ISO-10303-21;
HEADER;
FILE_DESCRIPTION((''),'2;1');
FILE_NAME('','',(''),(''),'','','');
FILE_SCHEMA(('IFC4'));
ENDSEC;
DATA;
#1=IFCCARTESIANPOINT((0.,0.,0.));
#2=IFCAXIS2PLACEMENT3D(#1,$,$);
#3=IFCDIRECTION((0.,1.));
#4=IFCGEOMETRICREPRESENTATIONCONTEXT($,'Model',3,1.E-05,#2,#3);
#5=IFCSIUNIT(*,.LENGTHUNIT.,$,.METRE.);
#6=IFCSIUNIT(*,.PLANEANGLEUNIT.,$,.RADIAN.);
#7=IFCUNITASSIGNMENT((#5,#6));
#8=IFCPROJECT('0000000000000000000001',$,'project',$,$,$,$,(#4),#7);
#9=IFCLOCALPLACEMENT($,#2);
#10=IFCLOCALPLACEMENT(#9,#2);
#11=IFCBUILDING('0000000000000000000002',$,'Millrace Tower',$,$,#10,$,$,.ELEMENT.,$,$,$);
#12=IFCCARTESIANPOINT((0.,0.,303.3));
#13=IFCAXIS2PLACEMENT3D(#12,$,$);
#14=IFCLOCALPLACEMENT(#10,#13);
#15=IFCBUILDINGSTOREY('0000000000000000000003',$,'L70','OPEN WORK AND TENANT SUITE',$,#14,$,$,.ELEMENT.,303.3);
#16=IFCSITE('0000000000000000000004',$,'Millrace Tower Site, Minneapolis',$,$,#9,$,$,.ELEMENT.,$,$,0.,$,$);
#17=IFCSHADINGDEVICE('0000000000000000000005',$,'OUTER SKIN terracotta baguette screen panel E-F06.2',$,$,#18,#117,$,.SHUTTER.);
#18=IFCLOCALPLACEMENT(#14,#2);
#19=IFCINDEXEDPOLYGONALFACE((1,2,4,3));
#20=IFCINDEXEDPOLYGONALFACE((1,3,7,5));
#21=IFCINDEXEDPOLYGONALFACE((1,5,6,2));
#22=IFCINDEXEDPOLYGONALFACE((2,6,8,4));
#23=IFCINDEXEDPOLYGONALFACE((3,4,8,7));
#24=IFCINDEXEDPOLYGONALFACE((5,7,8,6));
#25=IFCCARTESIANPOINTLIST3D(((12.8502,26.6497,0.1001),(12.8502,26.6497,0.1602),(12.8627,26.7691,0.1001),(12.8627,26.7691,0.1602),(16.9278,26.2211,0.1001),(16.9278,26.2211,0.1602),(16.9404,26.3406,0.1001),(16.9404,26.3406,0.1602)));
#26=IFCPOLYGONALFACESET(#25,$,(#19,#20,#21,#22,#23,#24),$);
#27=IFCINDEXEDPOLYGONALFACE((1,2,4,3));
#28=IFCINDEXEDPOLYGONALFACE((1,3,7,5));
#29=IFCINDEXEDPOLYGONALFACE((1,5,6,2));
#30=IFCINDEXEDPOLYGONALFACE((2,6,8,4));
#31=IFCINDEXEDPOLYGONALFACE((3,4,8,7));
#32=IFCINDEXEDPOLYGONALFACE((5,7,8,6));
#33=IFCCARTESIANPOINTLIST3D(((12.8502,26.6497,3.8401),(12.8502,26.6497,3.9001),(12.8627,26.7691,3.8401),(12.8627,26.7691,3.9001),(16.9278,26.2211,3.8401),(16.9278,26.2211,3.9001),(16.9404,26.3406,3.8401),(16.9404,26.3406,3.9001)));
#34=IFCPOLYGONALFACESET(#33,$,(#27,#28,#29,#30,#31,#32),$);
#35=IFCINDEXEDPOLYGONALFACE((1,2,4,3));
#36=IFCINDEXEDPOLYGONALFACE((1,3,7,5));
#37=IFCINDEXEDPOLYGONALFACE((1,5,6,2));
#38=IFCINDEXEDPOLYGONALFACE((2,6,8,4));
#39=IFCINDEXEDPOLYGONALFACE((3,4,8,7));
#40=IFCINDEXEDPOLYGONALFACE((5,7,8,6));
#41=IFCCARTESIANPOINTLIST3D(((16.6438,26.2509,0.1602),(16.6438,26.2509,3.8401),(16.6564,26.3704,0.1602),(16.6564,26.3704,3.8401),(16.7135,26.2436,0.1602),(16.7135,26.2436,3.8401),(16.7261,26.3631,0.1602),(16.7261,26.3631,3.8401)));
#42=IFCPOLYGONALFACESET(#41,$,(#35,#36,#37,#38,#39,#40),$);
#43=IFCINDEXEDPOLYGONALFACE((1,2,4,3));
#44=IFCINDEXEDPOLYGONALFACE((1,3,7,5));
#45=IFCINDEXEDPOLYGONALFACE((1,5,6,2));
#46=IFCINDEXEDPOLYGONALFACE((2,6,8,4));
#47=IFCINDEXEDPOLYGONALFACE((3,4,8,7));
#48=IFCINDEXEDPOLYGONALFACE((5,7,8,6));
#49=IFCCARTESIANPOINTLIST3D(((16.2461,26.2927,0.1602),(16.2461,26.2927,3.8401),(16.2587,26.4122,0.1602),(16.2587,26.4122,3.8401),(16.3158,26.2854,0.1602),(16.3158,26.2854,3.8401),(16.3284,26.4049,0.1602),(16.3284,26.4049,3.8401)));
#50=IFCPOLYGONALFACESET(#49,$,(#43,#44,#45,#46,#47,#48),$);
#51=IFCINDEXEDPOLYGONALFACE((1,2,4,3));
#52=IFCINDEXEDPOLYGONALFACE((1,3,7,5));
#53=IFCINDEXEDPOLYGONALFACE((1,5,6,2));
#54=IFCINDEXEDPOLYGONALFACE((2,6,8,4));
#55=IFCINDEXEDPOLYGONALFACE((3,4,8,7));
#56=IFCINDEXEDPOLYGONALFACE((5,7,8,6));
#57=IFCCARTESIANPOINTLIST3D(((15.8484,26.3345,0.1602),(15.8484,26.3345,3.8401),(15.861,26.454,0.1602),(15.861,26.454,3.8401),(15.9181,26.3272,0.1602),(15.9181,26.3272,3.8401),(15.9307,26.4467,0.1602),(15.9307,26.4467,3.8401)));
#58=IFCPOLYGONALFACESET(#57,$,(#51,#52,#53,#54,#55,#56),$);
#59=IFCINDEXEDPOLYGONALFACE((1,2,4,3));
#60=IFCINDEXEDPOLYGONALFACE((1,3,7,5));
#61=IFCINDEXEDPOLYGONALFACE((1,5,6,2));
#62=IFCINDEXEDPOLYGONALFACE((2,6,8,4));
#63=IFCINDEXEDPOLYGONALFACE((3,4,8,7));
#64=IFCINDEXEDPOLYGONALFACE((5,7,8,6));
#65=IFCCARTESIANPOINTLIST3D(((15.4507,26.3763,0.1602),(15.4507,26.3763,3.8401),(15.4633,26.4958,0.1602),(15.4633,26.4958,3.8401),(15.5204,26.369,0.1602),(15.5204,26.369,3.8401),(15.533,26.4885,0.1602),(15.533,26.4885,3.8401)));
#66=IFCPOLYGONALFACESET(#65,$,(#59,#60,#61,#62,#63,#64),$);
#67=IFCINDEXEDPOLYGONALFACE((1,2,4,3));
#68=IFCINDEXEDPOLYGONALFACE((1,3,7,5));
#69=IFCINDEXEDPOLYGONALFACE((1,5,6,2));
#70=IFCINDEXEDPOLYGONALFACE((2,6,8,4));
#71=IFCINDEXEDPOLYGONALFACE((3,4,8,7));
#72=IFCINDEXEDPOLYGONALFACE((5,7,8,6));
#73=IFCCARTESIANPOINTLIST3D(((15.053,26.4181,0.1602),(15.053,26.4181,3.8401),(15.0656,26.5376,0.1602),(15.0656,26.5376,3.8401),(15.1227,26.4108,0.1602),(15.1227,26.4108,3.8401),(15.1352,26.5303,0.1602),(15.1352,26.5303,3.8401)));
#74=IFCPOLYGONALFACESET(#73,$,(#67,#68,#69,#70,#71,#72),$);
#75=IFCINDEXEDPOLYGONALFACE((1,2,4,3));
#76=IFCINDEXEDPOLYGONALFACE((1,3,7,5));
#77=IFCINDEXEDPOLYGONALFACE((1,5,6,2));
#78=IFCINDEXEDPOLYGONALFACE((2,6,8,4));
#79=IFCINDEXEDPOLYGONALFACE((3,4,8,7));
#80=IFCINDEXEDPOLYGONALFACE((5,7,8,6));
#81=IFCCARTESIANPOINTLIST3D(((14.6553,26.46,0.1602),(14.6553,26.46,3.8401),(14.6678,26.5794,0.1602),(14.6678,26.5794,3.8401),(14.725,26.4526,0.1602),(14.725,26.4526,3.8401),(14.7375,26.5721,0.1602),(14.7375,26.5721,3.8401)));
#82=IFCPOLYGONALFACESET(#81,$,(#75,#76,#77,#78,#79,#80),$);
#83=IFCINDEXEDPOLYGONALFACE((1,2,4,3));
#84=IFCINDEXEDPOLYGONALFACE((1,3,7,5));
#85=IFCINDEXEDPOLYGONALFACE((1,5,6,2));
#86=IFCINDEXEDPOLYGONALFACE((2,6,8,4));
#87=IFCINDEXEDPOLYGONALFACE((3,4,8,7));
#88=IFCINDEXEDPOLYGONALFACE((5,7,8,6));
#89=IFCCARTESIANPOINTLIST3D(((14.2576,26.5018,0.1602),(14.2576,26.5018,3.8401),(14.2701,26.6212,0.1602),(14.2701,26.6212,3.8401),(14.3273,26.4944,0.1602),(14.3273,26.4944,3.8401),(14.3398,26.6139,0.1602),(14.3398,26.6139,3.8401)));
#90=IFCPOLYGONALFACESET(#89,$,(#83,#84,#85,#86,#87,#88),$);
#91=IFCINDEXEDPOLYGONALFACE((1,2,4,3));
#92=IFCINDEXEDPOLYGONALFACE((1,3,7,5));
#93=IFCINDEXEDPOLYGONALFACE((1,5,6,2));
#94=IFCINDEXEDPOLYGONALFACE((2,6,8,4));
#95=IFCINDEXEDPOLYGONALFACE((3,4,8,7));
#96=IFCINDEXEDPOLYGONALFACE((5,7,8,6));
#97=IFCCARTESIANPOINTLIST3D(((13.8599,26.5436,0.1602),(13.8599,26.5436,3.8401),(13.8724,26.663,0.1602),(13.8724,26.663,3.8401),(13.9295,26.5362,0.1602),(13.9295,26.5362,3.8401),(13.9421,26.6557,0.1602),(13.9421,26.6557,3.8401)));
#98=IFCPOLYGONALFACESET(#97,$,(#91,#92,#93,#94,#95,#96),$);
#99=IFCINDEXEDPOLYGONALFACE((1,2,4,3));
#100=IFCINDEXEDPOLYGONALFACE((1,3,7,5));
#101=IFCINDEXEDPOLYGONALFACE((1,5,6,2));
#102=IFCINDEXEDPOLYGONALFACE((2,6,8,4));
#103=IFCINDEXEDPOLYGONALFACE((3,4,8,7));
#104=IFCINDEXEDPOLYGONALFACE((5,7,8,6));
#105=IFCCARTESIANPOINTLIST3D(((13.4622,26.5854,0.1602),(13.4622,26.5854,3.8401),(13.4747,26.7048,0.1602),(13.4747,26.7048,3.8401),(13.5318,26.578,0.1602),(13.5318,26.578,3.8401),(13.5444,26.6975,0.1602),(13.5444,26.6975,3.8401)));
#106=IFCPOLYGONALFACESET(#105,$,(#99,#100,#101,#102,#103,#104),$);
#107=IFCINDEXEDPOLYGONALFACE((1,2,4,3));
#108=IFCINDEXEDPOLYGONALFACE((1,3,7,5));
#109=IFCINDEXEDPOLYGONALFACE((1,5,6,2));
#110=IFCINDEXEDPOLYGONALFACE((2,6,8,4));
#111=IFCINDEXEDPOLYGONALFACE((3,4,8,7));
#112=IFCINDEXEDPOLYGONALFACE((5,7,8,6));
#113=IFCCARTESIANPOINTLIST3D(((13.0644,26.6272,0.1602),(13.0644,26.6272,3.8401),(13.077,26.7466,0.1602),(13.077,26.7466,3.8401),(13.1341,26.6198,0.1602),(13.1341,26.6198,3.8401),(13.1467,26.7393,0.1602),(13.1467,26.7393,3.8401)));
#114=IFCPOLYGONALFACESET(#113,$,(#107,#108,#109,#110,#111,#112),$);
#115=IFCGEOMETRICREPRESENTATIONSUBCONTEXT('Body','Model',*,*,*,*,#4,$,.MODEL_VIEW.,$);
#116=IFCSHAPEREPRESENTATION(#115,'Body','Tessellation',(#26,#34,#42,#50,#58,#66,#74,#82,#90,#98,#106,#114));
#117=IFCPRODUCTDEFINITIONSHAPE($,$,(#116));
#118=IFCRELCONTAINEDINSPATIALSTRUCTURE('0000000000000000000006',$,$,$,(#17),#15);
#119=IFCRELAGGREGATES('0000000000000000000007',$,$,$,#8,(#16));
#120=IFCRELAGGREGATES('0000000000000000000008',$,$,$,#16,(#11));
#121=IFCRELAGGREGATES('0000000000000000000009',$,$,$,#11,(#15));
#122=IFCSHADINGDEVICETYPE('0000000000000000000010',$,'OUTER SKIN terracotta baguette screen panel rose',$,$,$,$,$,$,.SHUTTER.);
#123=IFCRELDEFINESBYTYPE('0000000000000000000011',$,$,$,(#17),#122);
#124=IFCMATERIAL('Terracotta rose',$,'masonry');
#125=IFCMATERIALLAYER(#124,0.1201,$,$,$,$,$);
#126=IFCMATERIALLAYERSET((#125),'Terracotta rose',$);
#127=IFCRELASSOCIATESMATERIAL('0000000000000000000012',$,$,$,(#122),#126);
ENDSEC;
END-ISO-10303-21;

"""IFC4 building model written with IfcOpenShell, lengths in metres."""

from ifc_helpers import new_model, entity, si_unit, direction, frame, frame_2d, origin, place, context, subcontext, project, spatial, rectangle, extrude, source, transform, mapped, material, layer, layer_set, type_object, element, save


model = new_model("IFC4")

# Units and contexts
model_context = context("Model", 3, precision=1e-05, world=origin(), true_north=direction((0.0, 1.0)))
body_context = subcontext(model_context, "Body", "Model", "MODEL_VIEW")
ifc_project = project(units=[si_unit("LENGTHUNIT", "METRE"), si_unit("PLANEANGLEUNIT", "RADIAN")], contexts=[model_context])

# Site, building, storey
site_placement = place(None, origin())
site = spatial("IfcSite", under=ifc_project, at=site_placement, Name="Millrace Tower Site, Minneapolis", CompositionType="ELEMENT", RefElevation=0.0)
building_placement = place(site_placement, origin())
building = spatial("IfcBuilding", under=site, at=building_placement, Name="Millrace Tower", CompositionType="ELEMENT")
storey_placement = place(building_placement, frame((0.0, 0.0, 303.3)))
storey = spatial("IfcBuildingStorey", under=building, at=storey_placement, Name="L70", Description="OPEN WORK AND TENANT SUITE", CompositionType="ELEMENT", Elevation=303.3)

# Shading device
ifc_material_1 = material(Name="Terracotta rose", Category="masonry")
ifc_layer_1 = layer(ifc_material_1, 0.1201)
ifc_layer_set_1 = layer_set([ifc_layer_1], Name="Terracotta rose")
shading_device_type = type_object("IfcShadingDeviceType", Name="OUTER SKIN terracotta baguette screen panel rose", PredefinedType="SHUTTER", material=ifc_layer_set_1)
cartesian_point_1 = entity("IfcCartesianPoint", [-2.05, 0.0601])
shared_polyline_1 = entity("IfcPolyline", [cartesian_point_1, entity("IfcCartesianPoint", [2.05, 0.0601]), entity("IfcCartesianPoint", [2.05, -0.0601]), entity("IfcCartesianPoint", [-2.05, -0.0601]), cartesian_point_1])
shared_shape_1 = source(origin(), body_context, "Body", "SweptSolid", [
    entity("IfcExtrudedAreaSolid", entity("IfcArbitraryClosedProfileDef", "AREA", None, shared_polyline_1), entity("IfcAxis2Placement3D", entity("IfcCartesianPoint", [0.0, 0.0, 0.0])), entity("IfcDirection", [0.0, 0.0, 1.0]), 0.0601),
    entity("IfcExtrudedAreaSolid", entity("IfcArbitraryClosedProfileDef", "AREA", None, shared_polyline_1), entity("IfcAxis2Placement3D", entity("IfcCartesianPoint", [0.0, 0.0, 3.74])), entity("IfcDirection", [0.0, 0.0, 1.0]), 0.0601),
    extrude(rectangle(XDim=0.0701, YDim=0.1201, at=frame_2d((-1.7996, 0.0))), frame((0.0, 0.0, 0.0601)), (0.0, 0.0, 1.0), 3.6799),
    extrude(rectangle(XDim=0.0701, YDim=0.1201, at=frame_2d((-1.3997, 0.0))), frame((0.0, 0.0, 0.0601)), (0.0, 0.0, 1.0), 3.6799),
    extrude(rectangle(XDim=0.0701, YDim=0.1201, at=frame_2d((-0.9998, 0.0))), frame((0.0, 0.0, 0.0601)), (0.0, 0.0, 1.0), 3.6799),
    extrude(rectangle(XDim=0.0701, YDim=0.1201, at=frame_2d((-0.5999, 0.0))), frame((0.0, 0.0, 0.0601)), (0.0, 0.0, 1.0), 3.6799),
    extrude(rectangle(XDim=0.0701, YDim=0.1201, at=frame_2d((-0.2, 0.0))), frame((0.0, 0.0, 0.0601)), (0.0, 0.0, 1.0), 3.6799),
    extrude(rectangle(XDim=0.0701, YDim=0.1201, at=frame_2d((0.2, 0.0))), frame((0.0, 0.0, 0.0601)), (0.0, 0.0, 1.0), 3.6799),
    extrude(rectangle(XDim=0.0701, YDim=0.1201, at=frame_2d((0.5999, 0.0))), frame((0.0, 0.0, 0.0601)), (0.0, 0.0, 1.0), 3.6799),
    extrude(rectangle(XDim=0.0701, YDim=0.1201, at=frame_2d((0.9998, 0.0))), frame((0.0, 0.0, 0.0601)), (0.0, 0.0, 1.0), 3.6799),
    extrude(rectangle(XDim=0.0701, YDim=0.1201, at=frame_2d((1.3997, 0.0))), frame((0.0, 0.0, 0.0601)), (0.0, 0.0, 1.0), 3.6799),
    extrude(rectangle(XDim=0.0701, YDim=0.1201, at=frame_2d((1.7996, 0.0))), frame((0.0, 0.0, 0.0601)), (0.0, 0.0, 1.0), 3.6799),
])
for number, where, z_axis, x_axis, name in (
    (1, (14.8953, 26.4951, 0.1001), (0.0, 0.0, 1.0), (-0.994522, 0.104528, 0.0), "OUTER SKIN terracotta baguette screen panel E-F06.2"),
):
    element("IfcShadingDevice", number, at=place(storey_placement, frame(where, z_axis=z_axis, x_axis=x_axis)), inside=storey, type_object=shading_device_type, Name=name, PredefinedType="SHUTTER", context=body_context, shape_type="MappedRepresentation", body=[
        mapped(shared_shape_1, transform((0.0, 0.0, 0.0), scale=1.0)),
    ])

save(model, "model.ifc")
